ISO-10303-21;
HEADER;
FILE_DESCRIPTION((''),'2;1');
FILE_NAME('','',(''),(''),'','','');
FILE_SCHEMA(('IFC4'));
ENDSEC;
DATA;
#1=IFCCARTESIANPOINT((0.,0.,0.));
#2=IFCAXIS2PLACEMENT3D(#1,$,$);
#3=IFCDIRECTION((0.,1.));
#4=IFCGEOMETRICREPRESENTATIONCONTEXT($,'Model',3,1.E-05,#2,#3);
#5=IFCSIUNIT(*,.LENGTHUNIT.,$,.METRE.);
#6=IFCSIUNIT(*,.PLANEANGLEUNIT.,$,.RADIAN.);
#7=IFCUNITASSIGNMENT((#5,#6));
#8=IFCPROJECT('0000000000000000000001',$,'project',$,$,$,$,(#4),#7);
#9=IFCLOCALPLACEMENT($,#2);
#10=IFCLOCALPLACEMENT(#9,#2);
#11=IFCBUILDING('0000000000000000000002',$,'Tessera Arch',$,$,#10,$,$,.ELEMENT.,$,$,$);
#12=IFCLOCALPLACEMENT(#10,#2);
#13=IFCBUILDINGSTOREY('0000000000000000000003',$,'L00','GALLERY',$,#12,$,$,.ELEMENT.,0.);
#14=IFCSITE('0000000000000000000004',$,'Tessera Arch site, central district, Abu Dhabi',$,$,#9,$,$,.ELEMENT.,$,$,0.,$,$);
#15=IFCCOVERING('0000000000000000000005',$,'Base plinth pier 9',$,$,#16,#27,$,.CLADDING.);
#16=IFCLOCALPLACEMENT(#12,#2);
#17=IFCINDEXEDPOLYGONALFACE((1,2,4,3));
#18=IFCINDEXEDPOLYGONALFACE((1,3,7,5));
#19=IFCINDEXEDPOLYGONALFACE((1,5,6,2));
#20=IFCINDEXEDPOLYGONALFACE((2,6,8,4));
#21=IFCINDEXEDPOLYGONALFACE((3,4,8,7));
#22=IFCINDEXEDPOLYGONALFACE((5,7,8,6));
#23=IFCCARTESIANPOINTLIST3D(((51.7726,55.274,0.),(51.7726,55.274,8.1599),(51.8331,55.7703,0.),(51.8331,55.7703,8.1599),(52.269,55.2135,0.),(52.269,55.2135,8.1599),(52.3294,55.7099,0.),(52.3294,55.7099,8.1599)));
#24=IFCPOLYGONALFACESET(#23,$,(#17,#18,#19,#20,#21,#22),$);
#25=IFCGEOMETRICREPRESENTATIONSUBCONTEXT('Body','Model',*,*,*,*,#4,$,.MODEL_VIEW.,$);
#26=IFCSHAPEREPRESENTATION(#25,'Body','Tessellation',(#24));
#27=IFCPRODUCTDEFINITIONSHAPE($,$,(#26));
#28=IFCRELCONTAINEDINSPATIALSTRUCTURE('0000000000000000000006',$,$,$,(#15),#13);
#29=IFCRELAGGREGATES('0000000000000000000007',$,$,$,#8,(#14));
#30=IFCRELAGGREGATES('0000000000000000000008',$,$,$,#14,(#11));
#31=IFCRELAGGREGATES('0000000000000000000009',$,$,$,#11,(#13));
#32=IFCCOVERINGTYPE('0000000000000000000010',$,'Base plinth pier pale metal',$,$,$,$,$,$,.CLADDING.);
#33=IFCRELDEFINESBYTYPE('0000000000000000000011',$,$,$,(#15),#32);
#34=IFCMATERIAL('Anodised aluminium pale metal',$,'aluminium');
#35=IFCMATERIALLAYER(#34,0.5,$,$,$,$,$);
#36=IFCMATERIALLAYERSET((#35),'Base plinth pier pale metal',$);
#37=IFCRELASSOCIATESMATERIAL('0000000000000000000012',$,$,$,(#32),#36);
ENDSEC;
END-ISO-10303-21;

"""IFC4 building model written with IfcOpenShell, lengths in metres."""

from ifc_helpers import new_model, si_unit, direction, frame, origin, origin_2d, place, context, subcontext, project, spatial, rectangle, extrude, material, layer, layer_set, type_object, element, save


model = new_model("IFC4")

# Units and contexts
model_context = context("Model", 3, precision=1e-05, world=origin(), true_north=direction((0.0, 1.0)))
body_context = subcontext(model_context, "Body", "Model", "MODEL_VIEW")
ifc_project = project(units=[si_unit("LENGTHUNIT", "METRE"), si_unit("PLANEANGLEUNIT", "RADIAN")], contexts=[model_context])

# Site, building, storey
site_placement = place(None, origin())
site = spatial("IfcSite", under=ifc_project, at=site_placement, Name="Tessera Arch site, central district, Abu Dhabi", CompositionType="ELEMENT", RefElevation=0.0)
building_placement = place(site_placement, origin())
building = spatial("IfcBuilding", under=site, at=building_placement, Name="Tessera Arch", CompositionType="ELEMENT")
storey_placement = place(building_placement, origin())
storey = spatial("IfcBuildingStorey", under=building, at=storey_placement, Name="L00", Description="GALLERY", CompositionType="ELEMENT", Elevation=0.0)

# Covering
ifc_material_1 = material(Name="Anodised aluminium pale metal", Category="aluminium")
ifc_layer_1 = layer(ifc_material_1, 0.5)
ifc_layer_set_1 = layer_set([ifc_layer_1], Name="Base plinth pier pale metal")
covering_type = type_object("IfcCoveringType", Name="Base plinth pier pale metal", PredefinedType="CLADDING", material=ifc_layer_set_1)
for number, where, z_axis, x_axis, name in (
    (1, (52.051, 55.4919, 0.0), (0.0, 0.0, 1.0), (-0.992658, 0.120951, 0.0), "Base plinth pier 9"),
):
    element("IfcCovering", number, at=place(storey_placement, frame(where, z_axis=z_axis, x_axis=x_axis)), inside=storey, type_object=covering_type, Name=name, PredefinedType="CLADDING", context=body_context, shape_type="SweptSolid", body=[
        extrude(rectangle(XDim=0.5, YDim=0.5, at=origin_2d()), origin(), (0.0, 0.0, 1.0), 8.1599),
    ])

save(model, "model.ifc")
